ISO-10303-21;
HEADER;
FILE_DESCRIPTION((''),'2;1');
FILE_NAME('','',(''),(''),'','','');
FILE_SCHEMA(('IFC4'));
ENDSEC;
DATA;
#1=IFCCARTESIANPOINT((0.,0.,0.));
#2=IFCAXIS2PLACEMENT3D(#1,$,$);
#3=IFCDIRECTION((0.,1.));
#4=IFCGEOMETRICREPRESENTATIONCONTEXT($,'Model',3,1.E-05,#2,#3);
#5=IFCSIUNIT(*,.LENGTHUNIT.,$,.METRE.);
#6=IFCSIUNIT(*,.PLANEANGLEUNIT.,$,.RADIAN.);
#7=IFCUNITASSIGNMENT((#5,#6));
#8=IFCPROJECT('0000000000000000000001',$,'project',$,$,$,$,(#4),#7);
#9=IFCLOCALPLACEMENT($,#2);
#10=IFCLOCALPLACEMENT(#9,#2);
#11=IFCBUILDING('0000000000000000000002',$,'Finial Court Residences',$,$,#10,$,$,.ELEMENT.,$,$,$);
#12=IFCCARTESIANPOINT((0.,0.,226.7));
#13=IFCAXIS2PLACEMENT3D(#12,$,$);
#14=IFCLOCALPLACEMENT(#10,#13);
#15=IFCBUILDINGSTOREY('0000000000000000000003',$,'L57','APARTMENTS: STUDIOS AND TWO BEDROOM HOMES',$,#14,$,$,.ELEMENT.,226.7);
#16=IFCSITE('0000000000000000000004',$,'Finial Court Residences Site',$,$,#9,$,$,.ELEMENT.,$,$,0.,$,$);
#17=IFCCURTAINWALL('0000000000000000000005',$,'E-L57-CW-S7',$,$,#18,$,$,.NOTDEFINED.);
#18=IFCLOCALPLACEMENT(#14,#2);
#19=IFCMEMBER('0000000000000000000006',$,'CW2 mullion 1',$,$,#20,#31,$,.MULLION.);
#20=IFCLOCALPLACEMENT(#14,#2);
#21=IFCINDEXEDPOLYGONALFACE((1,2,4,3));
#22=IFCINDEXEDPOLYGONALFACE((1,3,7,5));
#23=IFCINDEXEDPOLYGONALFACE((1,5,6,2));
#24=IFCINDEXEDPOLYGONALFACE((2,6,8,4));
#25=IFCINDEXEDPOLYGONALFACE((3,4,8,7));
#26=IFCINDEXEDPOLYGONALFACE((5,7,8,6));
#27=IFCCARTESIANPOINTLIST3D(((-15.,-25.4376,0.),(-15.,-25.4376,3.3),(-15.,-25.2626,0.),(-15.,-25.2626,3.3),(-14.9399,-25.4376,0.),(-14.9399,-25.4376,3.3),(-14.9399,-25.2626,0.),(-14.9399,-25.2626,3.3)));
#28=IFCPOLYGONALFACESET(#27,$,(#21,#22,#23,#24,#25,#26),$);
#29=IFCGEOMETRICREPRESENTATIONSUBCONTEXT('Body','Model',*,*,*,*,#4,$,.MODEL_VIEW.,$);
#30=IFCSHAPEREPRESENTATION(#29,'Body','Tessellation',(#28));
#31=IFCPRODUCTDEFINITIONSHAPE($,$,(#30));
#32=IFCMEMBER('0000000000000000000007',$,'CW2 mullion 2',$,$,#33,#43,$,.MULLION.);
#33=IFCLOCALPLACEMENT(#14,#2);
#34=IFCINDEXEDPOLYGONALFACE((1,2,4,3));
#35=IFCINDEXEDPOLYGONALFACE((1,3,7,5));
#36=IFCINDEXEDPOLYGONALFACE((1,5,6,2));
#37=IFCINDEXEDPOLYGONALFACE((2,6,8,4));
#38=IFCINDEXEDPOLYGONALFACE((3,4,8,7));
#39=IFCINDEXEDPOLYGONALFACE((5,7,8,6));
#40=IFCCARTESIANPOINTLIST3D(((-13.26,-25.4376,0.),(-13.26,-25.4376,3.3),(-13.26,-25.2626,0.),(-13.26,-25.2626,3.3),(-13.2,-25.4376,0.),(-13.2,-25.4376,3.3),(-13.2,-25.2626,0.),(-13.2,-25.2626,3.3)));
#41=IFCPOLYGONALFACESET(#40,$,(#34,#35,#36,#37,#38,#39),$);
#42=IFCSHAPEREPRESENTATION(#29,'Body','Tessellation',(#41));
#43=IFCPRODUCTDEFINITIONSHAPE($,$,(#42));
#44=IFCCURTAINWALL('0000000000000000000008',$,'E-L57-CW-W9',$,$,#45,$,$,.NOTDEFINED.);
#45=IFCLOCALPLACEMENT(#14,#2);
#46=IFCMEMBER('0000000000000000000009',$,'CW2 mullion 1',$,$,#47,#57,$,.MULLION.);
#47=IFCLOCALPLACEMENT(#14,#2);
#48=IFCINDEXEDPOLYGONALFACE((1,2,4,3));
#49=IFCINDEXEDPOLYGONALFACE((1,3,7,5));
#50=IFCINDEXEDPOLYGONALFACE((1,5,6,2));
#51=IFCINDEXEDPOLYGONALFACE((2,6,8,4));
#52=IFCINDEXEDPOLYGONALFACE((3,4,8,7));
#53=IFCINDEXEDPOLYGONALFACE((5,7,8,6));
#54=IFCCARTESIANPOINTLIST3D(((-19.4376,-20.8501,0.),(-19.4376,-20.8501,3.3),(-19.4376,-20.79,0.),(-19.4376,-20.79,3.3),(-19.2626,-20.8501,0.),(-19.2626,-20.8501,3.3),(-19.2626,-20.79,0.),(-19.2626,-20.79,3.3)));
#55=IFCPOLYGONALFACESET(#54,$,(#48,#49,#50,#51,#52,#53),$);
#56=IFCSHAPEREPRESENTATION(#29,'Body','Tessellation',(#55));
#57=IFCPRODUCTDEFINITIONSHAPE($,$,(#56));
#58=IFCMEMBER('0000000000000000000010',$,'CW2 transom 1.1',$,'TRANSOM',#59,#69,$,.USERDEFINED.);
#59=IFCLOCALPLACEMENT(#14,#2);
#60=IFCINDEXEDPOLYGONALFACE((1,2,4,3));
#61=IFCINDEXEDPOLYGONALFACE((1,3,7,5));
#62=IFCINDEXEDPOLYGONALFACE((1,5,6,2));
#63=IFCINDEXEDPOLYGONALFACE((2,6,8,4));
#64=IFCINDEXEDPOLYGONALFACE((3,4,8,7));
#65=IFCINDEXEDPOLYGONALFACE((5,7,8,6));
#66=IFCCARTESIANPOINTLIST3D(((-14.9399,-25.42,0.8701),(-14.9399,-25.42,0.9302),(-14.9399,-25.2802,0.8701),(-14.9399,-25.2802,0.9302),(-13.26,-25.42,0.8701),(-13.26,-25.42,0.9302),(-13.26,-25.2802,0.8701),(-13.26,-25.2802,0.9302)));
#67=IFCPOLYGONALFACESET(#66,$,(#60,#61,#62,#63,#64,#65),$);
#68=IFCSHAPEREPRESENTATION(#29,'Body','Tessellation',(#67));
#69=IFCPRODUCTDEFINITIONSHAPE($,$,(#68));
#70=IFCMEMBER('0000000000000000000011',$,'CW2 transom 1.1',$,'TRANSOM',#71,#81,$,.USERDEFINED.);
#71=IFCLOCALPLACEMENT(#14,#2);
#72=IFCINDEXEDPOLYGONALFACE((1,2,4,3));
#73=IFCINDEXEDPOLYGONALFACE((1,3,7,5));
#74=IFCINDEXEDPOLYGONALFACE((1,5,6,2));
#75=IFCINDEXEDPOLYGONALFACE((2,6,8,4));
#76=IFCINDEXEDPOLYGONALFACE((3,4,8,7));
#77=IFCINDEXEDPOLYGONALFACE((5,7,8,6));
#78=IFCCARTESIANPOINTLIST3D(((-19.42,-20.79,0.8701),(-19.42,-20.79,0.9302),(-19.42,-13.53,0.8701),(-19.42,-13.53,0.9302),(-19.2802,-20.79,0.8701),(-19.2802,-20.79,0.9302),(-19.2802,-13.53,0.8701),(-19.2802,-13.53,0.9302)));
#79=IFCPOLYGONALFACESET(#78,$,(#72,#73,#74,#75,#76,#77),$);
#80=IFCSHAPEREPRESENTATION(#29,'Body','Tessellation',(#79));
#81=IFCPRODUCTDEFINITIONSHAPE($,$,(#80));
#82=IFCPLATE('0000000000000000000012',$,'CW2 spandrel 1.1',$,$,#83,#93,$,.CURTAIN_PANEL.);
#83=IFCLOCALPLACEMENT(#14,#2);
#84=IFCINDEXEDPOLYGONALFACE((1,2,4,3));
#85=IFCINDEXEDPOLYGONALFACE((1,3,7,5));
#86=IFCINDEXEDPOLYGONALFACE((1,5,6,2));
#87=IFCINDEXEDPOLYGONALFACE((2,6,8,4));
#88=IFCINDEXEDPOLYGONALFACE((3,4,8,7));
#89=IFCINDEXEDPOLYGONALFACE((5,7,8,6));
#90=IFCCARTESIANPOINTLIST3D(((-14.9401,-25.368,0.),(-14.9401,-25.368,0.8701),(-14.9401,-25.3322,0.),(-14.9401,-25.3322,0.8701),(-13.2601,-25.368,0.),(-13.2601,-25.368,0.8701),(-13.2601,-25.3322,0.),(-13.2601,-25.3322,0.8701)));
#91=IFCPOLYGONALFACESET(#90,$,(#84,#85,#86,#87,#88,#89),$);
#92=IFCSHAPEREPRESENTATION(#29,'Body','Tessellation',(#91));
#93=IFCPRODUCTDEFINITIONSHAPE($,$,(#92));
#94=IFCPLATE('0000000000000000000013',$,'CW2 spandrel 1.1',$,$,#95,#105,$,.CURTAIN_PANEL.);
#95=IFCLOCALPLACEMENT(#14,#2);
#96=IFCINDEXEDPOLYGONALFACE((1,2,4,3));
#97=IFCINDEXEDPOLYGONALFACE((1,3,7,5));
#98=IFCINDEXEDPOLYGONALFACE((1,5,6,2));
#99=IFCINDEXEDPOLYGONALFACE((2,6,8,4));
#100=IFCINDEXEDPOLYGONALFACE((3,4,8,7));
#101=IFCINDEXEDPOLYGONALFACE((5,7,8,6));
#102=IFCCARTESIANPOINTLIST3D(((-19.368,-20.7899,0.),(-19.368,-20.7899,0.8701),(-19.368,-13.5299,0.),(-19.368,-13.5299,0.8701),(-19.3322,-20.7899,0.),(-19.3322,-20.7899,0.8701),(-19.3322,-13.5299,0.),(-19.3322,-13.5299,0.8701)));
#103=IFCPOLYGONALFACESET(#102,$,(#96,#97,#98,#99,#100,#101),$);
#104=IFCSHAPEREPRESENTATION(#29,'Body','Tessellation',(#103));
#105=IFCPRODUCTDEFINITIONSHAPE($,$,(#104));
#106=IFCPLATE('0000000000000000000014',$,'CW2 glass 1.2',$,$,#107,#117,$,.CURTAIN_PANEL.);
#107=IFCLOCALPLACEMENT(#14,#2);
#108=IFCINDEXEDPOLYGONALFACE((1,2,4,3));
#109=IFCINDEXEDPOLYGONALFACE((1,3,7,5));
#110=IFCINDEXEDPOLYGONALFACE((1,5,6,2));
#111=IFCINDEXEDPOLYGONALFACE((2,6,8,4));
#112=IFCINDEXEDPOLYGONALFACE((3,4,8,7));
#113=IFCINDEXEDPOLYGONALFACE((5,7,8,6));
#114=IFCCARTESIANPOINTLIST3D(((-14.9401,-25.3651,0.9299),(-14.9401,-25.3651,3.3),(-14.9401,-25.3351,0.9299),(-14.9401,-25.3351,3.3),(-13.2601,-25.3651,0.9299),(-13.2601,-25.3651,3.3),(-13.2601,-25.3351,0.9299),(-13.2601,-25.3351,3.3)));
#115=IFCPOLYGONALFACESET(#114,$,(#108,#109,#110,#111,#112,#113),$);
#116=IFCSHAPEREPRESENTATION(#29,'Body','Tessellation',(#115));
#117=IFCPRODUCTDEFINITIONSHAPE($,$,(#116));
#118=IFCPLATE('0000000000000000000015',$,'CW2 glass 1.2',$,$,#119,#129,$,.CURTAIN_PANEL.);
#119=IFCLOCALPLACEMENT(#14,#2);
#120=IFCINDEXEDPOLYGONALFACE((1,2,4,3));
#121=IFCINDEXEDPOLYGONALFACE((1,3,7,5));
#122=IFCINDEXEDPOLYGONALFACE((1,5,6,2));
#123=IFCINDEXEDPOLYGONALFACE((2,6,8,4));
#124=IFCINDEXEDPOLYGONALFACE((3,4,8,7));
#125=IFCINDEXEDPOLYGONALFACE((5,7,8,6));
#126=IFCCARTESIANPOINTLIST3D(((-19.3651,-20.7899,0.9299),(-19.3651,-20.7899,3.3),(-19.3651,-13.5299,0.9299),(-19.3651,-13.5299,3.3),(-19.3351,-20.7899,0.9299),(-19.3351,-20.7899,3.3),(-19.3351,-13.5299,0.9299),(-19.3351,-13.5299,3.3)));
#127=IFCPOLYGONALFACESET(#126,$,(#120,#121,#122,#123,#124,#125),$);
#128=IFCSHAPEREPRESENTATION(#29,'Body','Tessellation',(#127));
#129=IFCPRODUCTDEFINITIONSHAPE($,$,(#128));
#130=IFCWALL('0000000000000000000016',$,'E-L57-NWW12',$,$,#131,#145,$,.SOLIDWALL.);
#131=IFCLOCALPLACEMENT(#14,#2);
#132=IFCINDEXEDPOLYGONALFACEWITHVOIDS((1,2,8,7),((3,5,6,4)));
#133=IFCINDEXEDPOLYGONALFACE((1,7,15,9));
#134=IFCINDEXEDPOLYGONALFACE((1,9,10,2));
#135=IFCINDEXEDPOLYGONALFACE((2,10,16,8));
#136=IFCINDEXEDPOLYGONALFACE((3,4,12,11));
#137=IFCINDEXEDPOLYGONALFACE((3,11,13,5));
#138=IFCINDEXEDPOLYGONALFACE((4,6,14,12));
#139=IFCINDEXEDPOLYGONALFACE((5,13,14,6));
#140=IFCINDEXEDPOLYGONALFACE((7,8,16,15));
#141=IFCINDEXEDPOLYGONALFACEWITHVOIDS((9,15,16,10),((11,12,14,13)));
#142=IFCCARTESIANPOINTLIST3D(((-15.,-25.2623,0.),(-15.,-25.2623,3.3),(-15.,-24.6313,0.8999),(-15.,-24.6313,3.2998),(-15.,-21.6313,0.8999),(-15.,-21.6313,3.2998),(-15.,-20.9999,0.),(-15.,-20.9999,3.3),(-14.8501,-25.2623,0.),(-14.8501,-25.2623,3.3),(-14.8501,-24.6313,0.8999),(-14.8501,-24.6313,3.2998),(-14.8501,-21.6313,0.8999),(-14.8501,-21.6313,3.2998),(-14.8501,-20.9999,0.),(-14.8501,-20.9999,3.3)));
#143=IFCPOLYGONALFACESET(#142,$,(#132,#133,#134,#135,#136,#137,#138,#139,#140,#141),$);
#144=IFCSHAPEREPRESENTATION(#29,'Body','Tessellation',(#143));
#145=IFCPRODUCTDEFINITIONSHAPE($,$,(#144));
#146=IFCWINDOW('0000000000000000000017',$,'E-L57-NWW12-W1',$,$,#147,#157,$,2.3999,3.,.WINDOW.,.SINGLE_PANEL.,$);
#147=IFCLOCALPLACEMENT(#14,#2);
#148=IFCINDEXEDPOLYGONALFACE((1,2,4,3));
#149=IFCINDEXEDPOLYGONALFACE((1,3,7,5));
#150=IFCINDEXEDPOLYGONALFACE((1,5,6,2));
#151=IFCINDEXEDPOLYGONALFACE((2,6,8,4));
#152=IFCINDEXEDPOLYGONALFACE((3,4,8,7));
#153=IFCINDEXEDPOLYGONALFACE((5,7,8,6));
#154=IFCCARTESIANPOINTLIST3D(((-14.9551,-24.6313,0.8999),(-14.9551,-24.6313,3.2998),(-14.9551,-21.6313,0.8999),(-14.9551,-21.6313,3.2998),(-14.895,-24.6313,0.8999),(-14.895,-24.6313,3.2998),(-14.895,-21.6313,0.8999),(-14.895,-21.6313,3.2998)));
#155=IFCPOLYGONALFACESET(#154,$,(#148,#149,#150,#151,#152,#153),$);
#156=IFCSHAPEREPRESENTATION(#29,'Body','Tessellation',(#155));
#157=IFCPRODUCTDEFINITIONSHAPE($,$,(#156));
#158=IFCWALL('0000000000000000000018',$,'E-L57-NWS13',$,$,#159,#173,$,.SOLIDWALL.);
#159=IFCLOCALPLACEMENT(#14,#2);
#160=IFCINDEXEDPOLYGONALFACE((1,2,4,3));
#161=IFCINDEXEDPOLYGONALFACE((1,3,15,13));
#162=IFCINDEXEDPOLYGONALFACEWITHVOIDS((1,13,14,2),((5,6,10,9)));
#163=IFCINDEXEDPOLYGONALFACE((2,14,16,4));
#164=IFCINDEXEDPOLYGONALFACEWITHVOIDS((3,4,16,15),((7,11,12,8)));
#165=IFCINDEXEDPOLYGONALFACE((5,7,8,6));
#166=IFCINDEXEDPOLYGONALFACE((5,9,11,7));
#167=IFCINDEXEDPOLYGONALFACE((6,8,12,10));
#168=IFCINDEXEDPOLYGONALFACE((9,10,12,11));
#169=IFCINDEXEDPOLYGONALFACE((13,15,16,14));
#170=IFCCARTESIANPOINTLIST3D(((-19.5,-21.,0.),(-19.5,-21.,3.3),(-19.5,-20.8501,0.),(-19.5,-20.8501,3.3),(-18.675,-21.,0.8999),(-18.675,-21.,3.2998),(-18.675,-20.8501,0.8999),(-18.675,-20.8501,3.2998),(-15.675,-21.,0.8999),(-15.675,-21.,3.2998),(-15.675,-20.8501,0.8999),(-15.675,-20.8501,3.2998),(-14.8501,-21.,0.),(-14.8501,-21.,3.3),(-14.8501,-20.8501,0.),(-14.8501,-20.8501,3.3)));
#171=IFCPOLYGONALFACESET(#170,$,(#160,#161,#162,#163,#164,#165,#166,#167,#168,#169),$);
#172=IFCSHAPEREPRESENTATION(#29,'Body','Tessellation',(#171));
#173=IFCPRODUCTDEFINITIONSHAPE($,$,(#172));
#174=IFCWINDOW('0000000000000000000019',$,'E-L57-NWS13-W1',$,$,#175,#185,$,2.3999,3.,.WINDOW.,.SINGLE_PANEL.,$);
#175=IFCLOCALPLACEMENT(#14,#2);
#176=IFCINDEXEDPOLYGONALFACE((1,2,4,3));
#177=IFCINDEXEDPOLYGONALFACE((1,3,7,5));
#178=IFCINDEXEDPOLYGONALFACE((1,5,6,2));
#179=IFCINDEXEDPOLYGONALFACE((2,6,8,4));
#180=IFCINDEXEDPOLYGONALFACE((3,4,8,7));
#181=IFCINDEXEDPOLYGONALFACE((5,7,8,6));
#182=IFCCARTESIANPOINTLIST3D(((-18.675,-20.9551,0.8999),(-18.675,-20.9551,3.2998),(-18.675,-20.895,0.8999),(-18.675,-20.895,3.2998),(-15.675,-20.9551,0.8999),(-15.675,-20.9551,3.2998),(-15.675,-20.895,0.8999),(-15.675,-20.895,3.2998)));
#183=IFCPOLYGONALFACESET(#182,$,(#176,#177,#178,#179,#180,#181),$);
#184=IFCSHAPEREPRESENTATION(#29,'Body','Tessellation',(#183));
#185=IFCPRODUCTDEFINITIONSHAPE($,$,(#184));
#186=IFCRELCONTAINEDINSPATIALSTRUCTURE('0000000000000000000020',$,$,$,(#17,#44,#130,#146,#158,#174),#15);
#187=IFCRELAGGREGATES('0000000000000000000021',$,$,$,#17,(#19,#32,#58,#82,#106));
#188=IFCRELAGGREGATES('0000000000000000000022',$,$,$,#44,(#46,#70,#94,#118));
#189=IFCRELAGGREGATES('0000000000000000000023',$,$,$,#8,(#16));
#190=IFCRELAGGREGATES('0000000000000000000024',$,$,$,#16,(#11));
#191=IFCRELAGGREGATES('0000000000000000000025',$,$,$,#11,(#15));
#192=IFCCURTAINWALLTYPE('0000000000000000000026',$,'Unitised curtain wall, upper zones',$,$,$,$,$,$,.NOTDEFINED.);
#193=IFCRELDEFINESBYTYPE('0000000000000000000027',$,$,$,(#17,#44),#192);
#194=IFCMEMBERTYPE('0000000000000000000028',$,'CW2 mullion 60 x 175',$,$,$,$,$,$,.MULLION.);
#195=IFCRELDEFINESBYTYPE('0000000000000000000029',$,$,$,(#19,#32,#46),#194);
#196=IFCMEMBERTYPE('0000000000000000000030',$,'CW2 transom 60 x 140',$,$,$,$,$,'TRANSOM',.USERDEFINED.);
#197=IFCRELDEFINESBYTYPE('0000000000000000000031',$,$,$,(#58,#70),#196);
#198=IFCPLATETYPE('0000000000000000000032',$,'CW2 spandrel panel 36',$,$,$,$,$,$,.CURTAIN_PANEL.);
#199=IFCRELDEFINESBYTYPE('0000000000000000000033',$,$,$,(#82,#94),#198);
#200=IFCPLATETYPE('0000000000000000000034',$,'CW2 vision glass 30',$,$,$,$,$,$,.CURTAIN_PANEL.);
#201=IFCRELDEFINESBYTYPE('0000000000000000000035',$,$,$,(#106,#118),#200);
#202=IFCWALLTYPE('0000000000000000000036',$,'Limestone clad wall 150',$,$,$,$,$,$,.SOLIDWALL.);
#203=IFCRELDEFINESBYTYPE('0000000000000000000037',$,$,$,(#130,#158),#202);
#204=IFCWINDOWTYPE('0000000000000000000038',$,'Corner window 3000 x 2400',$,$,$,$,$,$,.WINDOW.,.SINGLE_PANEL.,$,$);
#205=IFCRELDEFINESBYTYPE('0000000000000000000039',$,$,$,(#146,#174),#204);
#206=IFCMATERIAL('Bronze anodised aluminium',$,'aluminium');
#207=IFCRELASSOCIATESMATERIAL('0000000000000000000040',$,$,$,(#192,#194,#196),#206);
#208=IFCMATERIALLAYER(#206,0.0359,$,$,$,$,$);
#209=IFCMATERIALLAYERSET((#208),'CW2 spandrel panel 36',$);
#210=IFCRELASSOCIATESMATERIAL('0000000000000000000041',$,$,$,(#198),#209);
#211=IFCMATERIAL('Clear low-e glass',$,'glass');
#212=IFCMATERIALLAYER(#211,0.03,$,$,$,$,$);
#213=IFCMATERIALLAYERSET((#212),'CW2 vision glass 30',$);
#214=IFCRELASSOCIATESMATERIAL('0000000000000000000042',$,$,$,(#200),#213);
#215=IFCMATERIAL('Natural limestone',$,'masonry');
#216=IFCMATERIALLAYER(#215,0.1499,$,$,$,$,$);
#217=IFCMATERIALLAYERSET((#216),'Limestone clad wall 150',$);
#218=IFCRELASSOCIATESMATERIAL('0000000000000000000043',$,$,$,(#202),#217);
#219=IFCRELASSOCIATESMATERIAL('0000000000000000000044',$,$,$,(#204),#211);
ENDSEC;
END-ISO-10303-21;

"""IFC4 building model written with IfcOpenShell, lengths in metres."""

from ifc_helpers import new_model, si_unit, direction, frame, frame_2d, origin, origin_2d, place, context, subcontext, project, spatial, rectangle, extrude, material, layer, layer_set, material_profile, profile_set, type_object, element, fill, aggregate, save


model = new_model("IFC4")

# Units and contexts
model_context = context("Model", 3, precision=1e-05, world=origin(), true_north=direction((0.0, 1.0)))
body_context = subcontext(model_context, "Body", "Model", "MODEL_VIEW")
ifc_project = project(units=[si_unit("LENGTHUNIT", "METRE"), si_unit("PLANEANGLEUNIT", "RADIAN")], contexts=[model_context])

# Site, building, storey
site_placement = place(None, origin())
site = spatial("IfcSite", under=ifc_project, at=site_placement, Name="Finial Court Residences Site", CompositionType="ELEMENT", RefElevation=0.0)
building_placement = place(site_placement, origin())
building = spatial("IfcBuilding", under=site, at=building_placement, Name="Finial Court Residences", CompositionType="ELEMENT")
storey_placement = place(building_placement, frame((0.0, 0.0, 226.7)))
storey = spatial("IfcBuildingStorey", under=building, at=storey_placement, Name="L57", Description="APARTMENTS: STUDIOS AND TWO BEDROOM HOMES", CompositionType="ELEMENT", Elevation=226.7)

# Curtain wall, members
ifc_material_1 = material(Name="Bronze anodised aluminium", Category="aluminium")
curtain_wall_type = type_object("IfcCurtainWallType", Name="Unitised curtain wall, upper zones", PredefinedType="NOTDEFINED", material=ifc_material_1)
curtain_wall_1_placement = place(storey_placement, origin())
curtain_wall_1 = element("IfcCurtainWall", 1, at=curtain_wall_1_placement, inside=storey, type_object=curtain_wall_type, Name="E-L57-CW-S7", PredefinedType="NOTDEFINED")
ifc_material_profile_1 = material_profile(ifc_material_1, rectangle(XDim=0.175, YDim=0.0601, at=origin_2d()), Name="CW2 mullion 60 x 175")
ifc_profile_set_1 = profile_set([ifc_material_profile_1], Name="Bronze anodised aluminium")
member_type_1 = type_object("IfcMemberType", Name="CW2 mullion 60 x 175", PredefinedType="MULLION", material=ifc_profile_set_1)
member_1_placement = place(storey_placement, frame((-14.97, -25.3501, 0.0), z_axis=(0.0, 0.0, 1.0), x_axis=(0.0, 1.0, 0.0)))
member_1 = element("IfcMember", 2, at=member_1_placement, type_object=member_type_1, Name="CW2 mullion 1", PredefinedType="MULLION", context=body_context, shape_type="SweptSolid", body=[
    extrude(rectangle(XDim=0.175, YDim=0.0601, at=origin_2d()), origin(), (0.0, 0.0, 1.0), 3.3),
])
member_2_placement = place(storey_placement, frame((-13.23, -25.3501, 0.0), z_axis=(0.0, 0.0, 1.0), x_axis=(0.0, 1.0, 0.0)))
member_2 = element("IfcMember", 3, at=member_2_placement, type_object=member_type_1, Name="CW2 mullion 2", PredefinedType="MULLION", context=body_context, shape_type="SweptSolid", body=[
    extrude(rectangle(XDim=0.175, YDim=0.0601, at=origin_2d()), origin(), (0.0, 0.0, 1.0), 3.3),
])

# Curtain wall, member
curtain_wall_2_placement = place(storey_placement, origin())
curtain_wall_2 = element("IfcCurtainWall", 4, at=curtain_wall_2_placement, inside=storey, type_object=curtain_wall_type, Name="E-L57-CW-W9", PredefinedType="NOTDEFINED")
member_3_placement = place(storey_placement, frame((-19.3501, -20.8201, 0.0), z_axis=(0.0, 0.0, 1.0), x_axis=(-1.0, 0.0, 0.0)))
member_3 = element("IfcMember", 5, at=member_3_placement, type_object=member_type_1, Name="CW2 mullion 1", PredefinedType="MULLION", context=body_context, shape_type="SweptSolid", body=[
    extrude(rectangle(XDim=0.175, YDim=0.0601, at=origin_2d()), origin(), (0.0, 0.0, 1.0), 3.3),
])

# Members
ifc_material_profile_2 = material_profile(ifc_material_1, rectangle(XDim=0.1399, YDim=0.0601, at=origin_2d()), Name="CW2 transom 60 x 140")
ifc_profile_set_2 = profile_set([ifc_material_profile_2], Name="Bronze anodised aluminium")
member_type_2 = type_object("IfcMemberType", Name="CW2 transom 60 x 140", ElementType="TRANSOM", PredefinedType="USERDEFINED", material=ifc_profile_set_2)
member_4_placement = place(storey_placement, frame((-14.9399, -25.3501, 0.9001), z_axis=(1.0, 0.0, 0.0), x_axis=(0.0, 1.0, 0.0)))
member_4 = element("IfcMember", 6, at=member_4_placement, type_object=member_type_2, Name="CW2 transom 1.1", ObjectType="TRANSOM", PredefinedType="USERDEFINED", context=body_context, shape_type="SweptSolid", body=[
    extrude(rectangle(XDim=0.1399, YDim=0.0601, at=origin_2d()), origin(), (0.0, 0.0, 1.0), 1.6799),
])
member_5_placement = place(storey_placement, frame((-19.3501, -20.79, 0.9001), z_axis=(0.0, 1.0, 0.0), x_axis=(-1.0, 0.0, 0.0)))
member_5 = element("IfcMember", 7, at=member_5_placement, type_object=member_type_2, Name="CW2 transom 1.1", ObjectType="TRANSOM", PredefinedType="USERDEFINED", context=body_context, shape_type="SweptSolid", body=[
    extrude(rectangle(XDim=0.1399, YDim=0.0601, at=origin_2d()), origin(), (0.0, 0.0, 1.0), 7.26),
])

# Plates
ifc_layer_1 = layer(ifc_material_1, 0.0359)
ifc_layer_set_1 = layer_set([ifc_layer_1], Name="CW2 spandrel panel 36")
plate_type_1 = type_object("IfcPlateType", Name="CW2 spandrel panel 36", PredefinedType="CURTAIN_PANEL", material=ifc_layer_set_1)
plate_1_placement = place(storey_placement, frame((-14.1001, -25.3501, 0.0), z_axis=(0.0, 0.0, 1.0), x_axis=(1.0, 0.0, 0.0)))
plate_1 = element("IfcPlate", 8, at=plate_1_placement, type_object=plate_type_1, Name="CW2 spandrel 1.1", PredefinedType="CURTAIN_PANEL", context=body_context, shape_type="SweptSolid", body=[
    extrude(rectangle(XDim=1.6799, YDim=0.0359, at=origin_2d()), origin(), (0.0, 0.0, 1.0), 0.8701),
])
plate_2_placement = place(storey_placement, frame((-19.3501, -17.1599, 0.0), z_axis=(0.0, 0.0, 1.0), x_axis=(0.0, 1.0, 0.0)))
plate_2 = element("IfcPlate", 9, at=plate_2_placement, type_object=plate_type_1, Name="CW2 spandrel 1.1", PredefinedType="CURTAIN_PANEL", context=body_context, shape_type="SweptSolid", body=[
    extrude(rectangle(XDim=7.26, YDim=0.0359, at=origin_2d()), origin(), (0.0, 0.0, 1.0), 0.8701),
])
ifc_material_2 = material(Name="Clear low-e glass", Category="glass")
ifc_layer_2 = layer(ifc_material_2, 0.03)
ifc_layer_set_2 = layer_set([ifc_layer_2], Name="CW2 vision glass 30")
plate_type_2 = type_object("IfcPlateType", Name="CW2 vision glass 30", PredefinedType="CURTAIN_PANEL", material=ifc_layer_set_2)
plate_3_placement = place(storey_placement, frame((-14.1001, -25.3501, 0.9299), z_axis=(0.0, 0.0, 1.0), x_axis=(1.0, 0.0, 0.0)))
plate_3 = element("IfcPlate", 10, at=plate_3_placement, type_object=plate_type_2, Name="CW2 glass 1.2", PredefinedType="CURTAIN_PANEL", context=body_context, shape_type="SweptSolid", body=[
    extrude(rectangle(XDim=1.6799, YDim=0.03, at=origin_2d()), origin(), (0.0, 0.0, 1.0), 2.3701),
])
aggregate(curtain_wall_1, [member_1, member_2, member_4, plate_1, plate_3])
plate_4_placement = place(storey_placement, frame((-19.3501, -17.1599, 0.9299), z_axis=(0.0, 0.0, 1.0), x_axis=(0.0, 1.0, 0.0)))
plate_4 = element("IfcPlate", 11, at=plate_4_placement, type_object=plate_type_2, Name="CW2 glass 1.2", PredefinedType="CURTAIN_PANEL", context=body_context, shape_type="SweptSolid", body=[
    extrude(rectangle(XDim=7.26, YDim=0.03, at=origin_2d()), origin(), (0.0, 0.0, 1.0), 2.3701),
])
aggregate(curtain_wall_2, [member_3, member_5, plate_2, plate_4])

# Walls, openings, windows
ifc_material_3 = material(Name="Natural limestone", Category="masonry")
ifc_layer_3 = layer(ifc_material_3, 0.1499)
ifc_layer_set_3 = layer_set([ifc_layer_3], Name="Limestone clad wall 150")
wall_type = type_object("IfcWallType", Name="Limestone clad wall 150", PredefinedType="SOLIDWALL", material=ifc_layer_set_3)
wall_1_placement = place(storey_placement, frame((-14.925, -25.2625, 0.0), z_axis=(0.0, 0.0, 1.0), x_axis=(0.0, 1.0, 0.0)))
wall_1 = element("IfcWall", 12, at=wall_1_placement, inside=storey, type_object=wall_type, Name="E-L57-NWW12", PredefinedType="SOLIDWALL", context=body_context, shape_type="SweptSolid", body=[
    extrude(rectangle(XDim=4.2625, YDim=0.1499, at=frame_2d((2.1313, 0.0))), origin(), (0.0, 0.0, 1.0), 3.3),
])
opening_1_placement = place(wall_1_placement, frame((0.6311, 0.0, 0.8999)))
opening_1 = element("IfcOpeningElement", 13, at=opening_1_placement, cuts=wall_1, PredefinedType="OPENING", context=body_context, shape_type="SweptSolid", body=[
    extrude(rectangle(XDim=3.0, YDim=2.3999, at=frame_2d((1.5, 1.2))), frame((0.0, 0.085, 0.0), z_axis=(0.0, -1.0, 0.0), x_axis=(1.0, 0.0, 0.0)), (0.0, 0.0, 1.0), 0.1699),
])
window_type = type_object("IfcWindowType", Name="Corner window 3000 x 2400", PartitioningType="SINGLE_PANEL", PredefinedType="WINDOW", material=ifc_material_2)
window_1_placement = place(opening_1_placement, origin())
window_1 = element("IfcWindow", 14, at=window_1_placement, inside=storey, type_object=window_type, Name="E-L57-NWW12-W1", OverallHeight=2.3999, OverallWidth=3.0, PartitioningType="SINGLE_PANEL", PredefinedType="WINDOW", context=body_context, shape_type="SweptSolid", body=[
    extrude(rectangle(XDim=3.0, YDim=2.3999, at=frame_2d((1.5, 1.2))), frame((0.0, 0.03, 0.0), z_axis=(0.0, -1.0, 0.0), x_axis=(1.0, 0.0, 0.0)), (0.0, 0.0, 1.0), 0.0601),
])
fill(opening_1, window_1)
wall_2_placement = place(storey_placement, frame((-14.8501, -20.925, 0.0), z_axis=(0.0, 0.0, 1.0), x_axis=(-1.0, 0.0, 0.0)))
wall_2 = element("IfcWall", 15, at=wall_2_placement, inside=storey, type_object=wall_type, Name="E-L57-NWS13", PredefinedType="SOLIDWALL", context=body_context, shape_type="SweptSolid", body=[
    extrude(rectangle(XDim=4.6499, YDim=0.1499, at=frame_2d((2.325, 0.0))), origin(), (0.0, 0.0, 1.0), 3.3),
])
opening_2_placement = place(wall_2_placement, frame((0.825, 0.0, 0.8999)))
opening_2 = element("IfcOpeningElement", 16, at=opening_2_placement, cuts=wall_2, PredefinedType="OPENING", context=body_context, shape_type="SweptSolid", body=[
    extrude(rectangle(XDim=3.0, YDim=2.3999, at=frame_2d((1.5, 1.2))), frame((0.0, 0.085, 0.0), z_axis=(0.0, -1.0, 0.0), x_axis=(1.0, 0.0, 0.0)), (0.0, 0.0, 1.0), 0.1699),
])
window_2_placement = place(opening_2_placement, origin())
window_2 = element("IfcWindow", 17, at=window_2_placement, inside=storey, type_object=window_type, Name="E-L57-NWS13-W1", OverallHeight=2.3999, OverallWidth=3.0, PartitioningType="SINGLE_PANEL", PredefinedType="WINDOW", context=body_context, shape_type="SweptSolid", body=[
    extrude(rectangle(XDim=3.0, YDim=2.3999, at=frame_2d((1.5, 1.2))), frame((0.0, 0.03, 0.0), z_axis=(0.0, -1.0, 0.0), x_axis=(1.0, 0.0, 0.0)), (0.0, 0.0, 1.0), 0.0601),
])
fill(opening_2, window_2)

save(model, "model.ifc")
